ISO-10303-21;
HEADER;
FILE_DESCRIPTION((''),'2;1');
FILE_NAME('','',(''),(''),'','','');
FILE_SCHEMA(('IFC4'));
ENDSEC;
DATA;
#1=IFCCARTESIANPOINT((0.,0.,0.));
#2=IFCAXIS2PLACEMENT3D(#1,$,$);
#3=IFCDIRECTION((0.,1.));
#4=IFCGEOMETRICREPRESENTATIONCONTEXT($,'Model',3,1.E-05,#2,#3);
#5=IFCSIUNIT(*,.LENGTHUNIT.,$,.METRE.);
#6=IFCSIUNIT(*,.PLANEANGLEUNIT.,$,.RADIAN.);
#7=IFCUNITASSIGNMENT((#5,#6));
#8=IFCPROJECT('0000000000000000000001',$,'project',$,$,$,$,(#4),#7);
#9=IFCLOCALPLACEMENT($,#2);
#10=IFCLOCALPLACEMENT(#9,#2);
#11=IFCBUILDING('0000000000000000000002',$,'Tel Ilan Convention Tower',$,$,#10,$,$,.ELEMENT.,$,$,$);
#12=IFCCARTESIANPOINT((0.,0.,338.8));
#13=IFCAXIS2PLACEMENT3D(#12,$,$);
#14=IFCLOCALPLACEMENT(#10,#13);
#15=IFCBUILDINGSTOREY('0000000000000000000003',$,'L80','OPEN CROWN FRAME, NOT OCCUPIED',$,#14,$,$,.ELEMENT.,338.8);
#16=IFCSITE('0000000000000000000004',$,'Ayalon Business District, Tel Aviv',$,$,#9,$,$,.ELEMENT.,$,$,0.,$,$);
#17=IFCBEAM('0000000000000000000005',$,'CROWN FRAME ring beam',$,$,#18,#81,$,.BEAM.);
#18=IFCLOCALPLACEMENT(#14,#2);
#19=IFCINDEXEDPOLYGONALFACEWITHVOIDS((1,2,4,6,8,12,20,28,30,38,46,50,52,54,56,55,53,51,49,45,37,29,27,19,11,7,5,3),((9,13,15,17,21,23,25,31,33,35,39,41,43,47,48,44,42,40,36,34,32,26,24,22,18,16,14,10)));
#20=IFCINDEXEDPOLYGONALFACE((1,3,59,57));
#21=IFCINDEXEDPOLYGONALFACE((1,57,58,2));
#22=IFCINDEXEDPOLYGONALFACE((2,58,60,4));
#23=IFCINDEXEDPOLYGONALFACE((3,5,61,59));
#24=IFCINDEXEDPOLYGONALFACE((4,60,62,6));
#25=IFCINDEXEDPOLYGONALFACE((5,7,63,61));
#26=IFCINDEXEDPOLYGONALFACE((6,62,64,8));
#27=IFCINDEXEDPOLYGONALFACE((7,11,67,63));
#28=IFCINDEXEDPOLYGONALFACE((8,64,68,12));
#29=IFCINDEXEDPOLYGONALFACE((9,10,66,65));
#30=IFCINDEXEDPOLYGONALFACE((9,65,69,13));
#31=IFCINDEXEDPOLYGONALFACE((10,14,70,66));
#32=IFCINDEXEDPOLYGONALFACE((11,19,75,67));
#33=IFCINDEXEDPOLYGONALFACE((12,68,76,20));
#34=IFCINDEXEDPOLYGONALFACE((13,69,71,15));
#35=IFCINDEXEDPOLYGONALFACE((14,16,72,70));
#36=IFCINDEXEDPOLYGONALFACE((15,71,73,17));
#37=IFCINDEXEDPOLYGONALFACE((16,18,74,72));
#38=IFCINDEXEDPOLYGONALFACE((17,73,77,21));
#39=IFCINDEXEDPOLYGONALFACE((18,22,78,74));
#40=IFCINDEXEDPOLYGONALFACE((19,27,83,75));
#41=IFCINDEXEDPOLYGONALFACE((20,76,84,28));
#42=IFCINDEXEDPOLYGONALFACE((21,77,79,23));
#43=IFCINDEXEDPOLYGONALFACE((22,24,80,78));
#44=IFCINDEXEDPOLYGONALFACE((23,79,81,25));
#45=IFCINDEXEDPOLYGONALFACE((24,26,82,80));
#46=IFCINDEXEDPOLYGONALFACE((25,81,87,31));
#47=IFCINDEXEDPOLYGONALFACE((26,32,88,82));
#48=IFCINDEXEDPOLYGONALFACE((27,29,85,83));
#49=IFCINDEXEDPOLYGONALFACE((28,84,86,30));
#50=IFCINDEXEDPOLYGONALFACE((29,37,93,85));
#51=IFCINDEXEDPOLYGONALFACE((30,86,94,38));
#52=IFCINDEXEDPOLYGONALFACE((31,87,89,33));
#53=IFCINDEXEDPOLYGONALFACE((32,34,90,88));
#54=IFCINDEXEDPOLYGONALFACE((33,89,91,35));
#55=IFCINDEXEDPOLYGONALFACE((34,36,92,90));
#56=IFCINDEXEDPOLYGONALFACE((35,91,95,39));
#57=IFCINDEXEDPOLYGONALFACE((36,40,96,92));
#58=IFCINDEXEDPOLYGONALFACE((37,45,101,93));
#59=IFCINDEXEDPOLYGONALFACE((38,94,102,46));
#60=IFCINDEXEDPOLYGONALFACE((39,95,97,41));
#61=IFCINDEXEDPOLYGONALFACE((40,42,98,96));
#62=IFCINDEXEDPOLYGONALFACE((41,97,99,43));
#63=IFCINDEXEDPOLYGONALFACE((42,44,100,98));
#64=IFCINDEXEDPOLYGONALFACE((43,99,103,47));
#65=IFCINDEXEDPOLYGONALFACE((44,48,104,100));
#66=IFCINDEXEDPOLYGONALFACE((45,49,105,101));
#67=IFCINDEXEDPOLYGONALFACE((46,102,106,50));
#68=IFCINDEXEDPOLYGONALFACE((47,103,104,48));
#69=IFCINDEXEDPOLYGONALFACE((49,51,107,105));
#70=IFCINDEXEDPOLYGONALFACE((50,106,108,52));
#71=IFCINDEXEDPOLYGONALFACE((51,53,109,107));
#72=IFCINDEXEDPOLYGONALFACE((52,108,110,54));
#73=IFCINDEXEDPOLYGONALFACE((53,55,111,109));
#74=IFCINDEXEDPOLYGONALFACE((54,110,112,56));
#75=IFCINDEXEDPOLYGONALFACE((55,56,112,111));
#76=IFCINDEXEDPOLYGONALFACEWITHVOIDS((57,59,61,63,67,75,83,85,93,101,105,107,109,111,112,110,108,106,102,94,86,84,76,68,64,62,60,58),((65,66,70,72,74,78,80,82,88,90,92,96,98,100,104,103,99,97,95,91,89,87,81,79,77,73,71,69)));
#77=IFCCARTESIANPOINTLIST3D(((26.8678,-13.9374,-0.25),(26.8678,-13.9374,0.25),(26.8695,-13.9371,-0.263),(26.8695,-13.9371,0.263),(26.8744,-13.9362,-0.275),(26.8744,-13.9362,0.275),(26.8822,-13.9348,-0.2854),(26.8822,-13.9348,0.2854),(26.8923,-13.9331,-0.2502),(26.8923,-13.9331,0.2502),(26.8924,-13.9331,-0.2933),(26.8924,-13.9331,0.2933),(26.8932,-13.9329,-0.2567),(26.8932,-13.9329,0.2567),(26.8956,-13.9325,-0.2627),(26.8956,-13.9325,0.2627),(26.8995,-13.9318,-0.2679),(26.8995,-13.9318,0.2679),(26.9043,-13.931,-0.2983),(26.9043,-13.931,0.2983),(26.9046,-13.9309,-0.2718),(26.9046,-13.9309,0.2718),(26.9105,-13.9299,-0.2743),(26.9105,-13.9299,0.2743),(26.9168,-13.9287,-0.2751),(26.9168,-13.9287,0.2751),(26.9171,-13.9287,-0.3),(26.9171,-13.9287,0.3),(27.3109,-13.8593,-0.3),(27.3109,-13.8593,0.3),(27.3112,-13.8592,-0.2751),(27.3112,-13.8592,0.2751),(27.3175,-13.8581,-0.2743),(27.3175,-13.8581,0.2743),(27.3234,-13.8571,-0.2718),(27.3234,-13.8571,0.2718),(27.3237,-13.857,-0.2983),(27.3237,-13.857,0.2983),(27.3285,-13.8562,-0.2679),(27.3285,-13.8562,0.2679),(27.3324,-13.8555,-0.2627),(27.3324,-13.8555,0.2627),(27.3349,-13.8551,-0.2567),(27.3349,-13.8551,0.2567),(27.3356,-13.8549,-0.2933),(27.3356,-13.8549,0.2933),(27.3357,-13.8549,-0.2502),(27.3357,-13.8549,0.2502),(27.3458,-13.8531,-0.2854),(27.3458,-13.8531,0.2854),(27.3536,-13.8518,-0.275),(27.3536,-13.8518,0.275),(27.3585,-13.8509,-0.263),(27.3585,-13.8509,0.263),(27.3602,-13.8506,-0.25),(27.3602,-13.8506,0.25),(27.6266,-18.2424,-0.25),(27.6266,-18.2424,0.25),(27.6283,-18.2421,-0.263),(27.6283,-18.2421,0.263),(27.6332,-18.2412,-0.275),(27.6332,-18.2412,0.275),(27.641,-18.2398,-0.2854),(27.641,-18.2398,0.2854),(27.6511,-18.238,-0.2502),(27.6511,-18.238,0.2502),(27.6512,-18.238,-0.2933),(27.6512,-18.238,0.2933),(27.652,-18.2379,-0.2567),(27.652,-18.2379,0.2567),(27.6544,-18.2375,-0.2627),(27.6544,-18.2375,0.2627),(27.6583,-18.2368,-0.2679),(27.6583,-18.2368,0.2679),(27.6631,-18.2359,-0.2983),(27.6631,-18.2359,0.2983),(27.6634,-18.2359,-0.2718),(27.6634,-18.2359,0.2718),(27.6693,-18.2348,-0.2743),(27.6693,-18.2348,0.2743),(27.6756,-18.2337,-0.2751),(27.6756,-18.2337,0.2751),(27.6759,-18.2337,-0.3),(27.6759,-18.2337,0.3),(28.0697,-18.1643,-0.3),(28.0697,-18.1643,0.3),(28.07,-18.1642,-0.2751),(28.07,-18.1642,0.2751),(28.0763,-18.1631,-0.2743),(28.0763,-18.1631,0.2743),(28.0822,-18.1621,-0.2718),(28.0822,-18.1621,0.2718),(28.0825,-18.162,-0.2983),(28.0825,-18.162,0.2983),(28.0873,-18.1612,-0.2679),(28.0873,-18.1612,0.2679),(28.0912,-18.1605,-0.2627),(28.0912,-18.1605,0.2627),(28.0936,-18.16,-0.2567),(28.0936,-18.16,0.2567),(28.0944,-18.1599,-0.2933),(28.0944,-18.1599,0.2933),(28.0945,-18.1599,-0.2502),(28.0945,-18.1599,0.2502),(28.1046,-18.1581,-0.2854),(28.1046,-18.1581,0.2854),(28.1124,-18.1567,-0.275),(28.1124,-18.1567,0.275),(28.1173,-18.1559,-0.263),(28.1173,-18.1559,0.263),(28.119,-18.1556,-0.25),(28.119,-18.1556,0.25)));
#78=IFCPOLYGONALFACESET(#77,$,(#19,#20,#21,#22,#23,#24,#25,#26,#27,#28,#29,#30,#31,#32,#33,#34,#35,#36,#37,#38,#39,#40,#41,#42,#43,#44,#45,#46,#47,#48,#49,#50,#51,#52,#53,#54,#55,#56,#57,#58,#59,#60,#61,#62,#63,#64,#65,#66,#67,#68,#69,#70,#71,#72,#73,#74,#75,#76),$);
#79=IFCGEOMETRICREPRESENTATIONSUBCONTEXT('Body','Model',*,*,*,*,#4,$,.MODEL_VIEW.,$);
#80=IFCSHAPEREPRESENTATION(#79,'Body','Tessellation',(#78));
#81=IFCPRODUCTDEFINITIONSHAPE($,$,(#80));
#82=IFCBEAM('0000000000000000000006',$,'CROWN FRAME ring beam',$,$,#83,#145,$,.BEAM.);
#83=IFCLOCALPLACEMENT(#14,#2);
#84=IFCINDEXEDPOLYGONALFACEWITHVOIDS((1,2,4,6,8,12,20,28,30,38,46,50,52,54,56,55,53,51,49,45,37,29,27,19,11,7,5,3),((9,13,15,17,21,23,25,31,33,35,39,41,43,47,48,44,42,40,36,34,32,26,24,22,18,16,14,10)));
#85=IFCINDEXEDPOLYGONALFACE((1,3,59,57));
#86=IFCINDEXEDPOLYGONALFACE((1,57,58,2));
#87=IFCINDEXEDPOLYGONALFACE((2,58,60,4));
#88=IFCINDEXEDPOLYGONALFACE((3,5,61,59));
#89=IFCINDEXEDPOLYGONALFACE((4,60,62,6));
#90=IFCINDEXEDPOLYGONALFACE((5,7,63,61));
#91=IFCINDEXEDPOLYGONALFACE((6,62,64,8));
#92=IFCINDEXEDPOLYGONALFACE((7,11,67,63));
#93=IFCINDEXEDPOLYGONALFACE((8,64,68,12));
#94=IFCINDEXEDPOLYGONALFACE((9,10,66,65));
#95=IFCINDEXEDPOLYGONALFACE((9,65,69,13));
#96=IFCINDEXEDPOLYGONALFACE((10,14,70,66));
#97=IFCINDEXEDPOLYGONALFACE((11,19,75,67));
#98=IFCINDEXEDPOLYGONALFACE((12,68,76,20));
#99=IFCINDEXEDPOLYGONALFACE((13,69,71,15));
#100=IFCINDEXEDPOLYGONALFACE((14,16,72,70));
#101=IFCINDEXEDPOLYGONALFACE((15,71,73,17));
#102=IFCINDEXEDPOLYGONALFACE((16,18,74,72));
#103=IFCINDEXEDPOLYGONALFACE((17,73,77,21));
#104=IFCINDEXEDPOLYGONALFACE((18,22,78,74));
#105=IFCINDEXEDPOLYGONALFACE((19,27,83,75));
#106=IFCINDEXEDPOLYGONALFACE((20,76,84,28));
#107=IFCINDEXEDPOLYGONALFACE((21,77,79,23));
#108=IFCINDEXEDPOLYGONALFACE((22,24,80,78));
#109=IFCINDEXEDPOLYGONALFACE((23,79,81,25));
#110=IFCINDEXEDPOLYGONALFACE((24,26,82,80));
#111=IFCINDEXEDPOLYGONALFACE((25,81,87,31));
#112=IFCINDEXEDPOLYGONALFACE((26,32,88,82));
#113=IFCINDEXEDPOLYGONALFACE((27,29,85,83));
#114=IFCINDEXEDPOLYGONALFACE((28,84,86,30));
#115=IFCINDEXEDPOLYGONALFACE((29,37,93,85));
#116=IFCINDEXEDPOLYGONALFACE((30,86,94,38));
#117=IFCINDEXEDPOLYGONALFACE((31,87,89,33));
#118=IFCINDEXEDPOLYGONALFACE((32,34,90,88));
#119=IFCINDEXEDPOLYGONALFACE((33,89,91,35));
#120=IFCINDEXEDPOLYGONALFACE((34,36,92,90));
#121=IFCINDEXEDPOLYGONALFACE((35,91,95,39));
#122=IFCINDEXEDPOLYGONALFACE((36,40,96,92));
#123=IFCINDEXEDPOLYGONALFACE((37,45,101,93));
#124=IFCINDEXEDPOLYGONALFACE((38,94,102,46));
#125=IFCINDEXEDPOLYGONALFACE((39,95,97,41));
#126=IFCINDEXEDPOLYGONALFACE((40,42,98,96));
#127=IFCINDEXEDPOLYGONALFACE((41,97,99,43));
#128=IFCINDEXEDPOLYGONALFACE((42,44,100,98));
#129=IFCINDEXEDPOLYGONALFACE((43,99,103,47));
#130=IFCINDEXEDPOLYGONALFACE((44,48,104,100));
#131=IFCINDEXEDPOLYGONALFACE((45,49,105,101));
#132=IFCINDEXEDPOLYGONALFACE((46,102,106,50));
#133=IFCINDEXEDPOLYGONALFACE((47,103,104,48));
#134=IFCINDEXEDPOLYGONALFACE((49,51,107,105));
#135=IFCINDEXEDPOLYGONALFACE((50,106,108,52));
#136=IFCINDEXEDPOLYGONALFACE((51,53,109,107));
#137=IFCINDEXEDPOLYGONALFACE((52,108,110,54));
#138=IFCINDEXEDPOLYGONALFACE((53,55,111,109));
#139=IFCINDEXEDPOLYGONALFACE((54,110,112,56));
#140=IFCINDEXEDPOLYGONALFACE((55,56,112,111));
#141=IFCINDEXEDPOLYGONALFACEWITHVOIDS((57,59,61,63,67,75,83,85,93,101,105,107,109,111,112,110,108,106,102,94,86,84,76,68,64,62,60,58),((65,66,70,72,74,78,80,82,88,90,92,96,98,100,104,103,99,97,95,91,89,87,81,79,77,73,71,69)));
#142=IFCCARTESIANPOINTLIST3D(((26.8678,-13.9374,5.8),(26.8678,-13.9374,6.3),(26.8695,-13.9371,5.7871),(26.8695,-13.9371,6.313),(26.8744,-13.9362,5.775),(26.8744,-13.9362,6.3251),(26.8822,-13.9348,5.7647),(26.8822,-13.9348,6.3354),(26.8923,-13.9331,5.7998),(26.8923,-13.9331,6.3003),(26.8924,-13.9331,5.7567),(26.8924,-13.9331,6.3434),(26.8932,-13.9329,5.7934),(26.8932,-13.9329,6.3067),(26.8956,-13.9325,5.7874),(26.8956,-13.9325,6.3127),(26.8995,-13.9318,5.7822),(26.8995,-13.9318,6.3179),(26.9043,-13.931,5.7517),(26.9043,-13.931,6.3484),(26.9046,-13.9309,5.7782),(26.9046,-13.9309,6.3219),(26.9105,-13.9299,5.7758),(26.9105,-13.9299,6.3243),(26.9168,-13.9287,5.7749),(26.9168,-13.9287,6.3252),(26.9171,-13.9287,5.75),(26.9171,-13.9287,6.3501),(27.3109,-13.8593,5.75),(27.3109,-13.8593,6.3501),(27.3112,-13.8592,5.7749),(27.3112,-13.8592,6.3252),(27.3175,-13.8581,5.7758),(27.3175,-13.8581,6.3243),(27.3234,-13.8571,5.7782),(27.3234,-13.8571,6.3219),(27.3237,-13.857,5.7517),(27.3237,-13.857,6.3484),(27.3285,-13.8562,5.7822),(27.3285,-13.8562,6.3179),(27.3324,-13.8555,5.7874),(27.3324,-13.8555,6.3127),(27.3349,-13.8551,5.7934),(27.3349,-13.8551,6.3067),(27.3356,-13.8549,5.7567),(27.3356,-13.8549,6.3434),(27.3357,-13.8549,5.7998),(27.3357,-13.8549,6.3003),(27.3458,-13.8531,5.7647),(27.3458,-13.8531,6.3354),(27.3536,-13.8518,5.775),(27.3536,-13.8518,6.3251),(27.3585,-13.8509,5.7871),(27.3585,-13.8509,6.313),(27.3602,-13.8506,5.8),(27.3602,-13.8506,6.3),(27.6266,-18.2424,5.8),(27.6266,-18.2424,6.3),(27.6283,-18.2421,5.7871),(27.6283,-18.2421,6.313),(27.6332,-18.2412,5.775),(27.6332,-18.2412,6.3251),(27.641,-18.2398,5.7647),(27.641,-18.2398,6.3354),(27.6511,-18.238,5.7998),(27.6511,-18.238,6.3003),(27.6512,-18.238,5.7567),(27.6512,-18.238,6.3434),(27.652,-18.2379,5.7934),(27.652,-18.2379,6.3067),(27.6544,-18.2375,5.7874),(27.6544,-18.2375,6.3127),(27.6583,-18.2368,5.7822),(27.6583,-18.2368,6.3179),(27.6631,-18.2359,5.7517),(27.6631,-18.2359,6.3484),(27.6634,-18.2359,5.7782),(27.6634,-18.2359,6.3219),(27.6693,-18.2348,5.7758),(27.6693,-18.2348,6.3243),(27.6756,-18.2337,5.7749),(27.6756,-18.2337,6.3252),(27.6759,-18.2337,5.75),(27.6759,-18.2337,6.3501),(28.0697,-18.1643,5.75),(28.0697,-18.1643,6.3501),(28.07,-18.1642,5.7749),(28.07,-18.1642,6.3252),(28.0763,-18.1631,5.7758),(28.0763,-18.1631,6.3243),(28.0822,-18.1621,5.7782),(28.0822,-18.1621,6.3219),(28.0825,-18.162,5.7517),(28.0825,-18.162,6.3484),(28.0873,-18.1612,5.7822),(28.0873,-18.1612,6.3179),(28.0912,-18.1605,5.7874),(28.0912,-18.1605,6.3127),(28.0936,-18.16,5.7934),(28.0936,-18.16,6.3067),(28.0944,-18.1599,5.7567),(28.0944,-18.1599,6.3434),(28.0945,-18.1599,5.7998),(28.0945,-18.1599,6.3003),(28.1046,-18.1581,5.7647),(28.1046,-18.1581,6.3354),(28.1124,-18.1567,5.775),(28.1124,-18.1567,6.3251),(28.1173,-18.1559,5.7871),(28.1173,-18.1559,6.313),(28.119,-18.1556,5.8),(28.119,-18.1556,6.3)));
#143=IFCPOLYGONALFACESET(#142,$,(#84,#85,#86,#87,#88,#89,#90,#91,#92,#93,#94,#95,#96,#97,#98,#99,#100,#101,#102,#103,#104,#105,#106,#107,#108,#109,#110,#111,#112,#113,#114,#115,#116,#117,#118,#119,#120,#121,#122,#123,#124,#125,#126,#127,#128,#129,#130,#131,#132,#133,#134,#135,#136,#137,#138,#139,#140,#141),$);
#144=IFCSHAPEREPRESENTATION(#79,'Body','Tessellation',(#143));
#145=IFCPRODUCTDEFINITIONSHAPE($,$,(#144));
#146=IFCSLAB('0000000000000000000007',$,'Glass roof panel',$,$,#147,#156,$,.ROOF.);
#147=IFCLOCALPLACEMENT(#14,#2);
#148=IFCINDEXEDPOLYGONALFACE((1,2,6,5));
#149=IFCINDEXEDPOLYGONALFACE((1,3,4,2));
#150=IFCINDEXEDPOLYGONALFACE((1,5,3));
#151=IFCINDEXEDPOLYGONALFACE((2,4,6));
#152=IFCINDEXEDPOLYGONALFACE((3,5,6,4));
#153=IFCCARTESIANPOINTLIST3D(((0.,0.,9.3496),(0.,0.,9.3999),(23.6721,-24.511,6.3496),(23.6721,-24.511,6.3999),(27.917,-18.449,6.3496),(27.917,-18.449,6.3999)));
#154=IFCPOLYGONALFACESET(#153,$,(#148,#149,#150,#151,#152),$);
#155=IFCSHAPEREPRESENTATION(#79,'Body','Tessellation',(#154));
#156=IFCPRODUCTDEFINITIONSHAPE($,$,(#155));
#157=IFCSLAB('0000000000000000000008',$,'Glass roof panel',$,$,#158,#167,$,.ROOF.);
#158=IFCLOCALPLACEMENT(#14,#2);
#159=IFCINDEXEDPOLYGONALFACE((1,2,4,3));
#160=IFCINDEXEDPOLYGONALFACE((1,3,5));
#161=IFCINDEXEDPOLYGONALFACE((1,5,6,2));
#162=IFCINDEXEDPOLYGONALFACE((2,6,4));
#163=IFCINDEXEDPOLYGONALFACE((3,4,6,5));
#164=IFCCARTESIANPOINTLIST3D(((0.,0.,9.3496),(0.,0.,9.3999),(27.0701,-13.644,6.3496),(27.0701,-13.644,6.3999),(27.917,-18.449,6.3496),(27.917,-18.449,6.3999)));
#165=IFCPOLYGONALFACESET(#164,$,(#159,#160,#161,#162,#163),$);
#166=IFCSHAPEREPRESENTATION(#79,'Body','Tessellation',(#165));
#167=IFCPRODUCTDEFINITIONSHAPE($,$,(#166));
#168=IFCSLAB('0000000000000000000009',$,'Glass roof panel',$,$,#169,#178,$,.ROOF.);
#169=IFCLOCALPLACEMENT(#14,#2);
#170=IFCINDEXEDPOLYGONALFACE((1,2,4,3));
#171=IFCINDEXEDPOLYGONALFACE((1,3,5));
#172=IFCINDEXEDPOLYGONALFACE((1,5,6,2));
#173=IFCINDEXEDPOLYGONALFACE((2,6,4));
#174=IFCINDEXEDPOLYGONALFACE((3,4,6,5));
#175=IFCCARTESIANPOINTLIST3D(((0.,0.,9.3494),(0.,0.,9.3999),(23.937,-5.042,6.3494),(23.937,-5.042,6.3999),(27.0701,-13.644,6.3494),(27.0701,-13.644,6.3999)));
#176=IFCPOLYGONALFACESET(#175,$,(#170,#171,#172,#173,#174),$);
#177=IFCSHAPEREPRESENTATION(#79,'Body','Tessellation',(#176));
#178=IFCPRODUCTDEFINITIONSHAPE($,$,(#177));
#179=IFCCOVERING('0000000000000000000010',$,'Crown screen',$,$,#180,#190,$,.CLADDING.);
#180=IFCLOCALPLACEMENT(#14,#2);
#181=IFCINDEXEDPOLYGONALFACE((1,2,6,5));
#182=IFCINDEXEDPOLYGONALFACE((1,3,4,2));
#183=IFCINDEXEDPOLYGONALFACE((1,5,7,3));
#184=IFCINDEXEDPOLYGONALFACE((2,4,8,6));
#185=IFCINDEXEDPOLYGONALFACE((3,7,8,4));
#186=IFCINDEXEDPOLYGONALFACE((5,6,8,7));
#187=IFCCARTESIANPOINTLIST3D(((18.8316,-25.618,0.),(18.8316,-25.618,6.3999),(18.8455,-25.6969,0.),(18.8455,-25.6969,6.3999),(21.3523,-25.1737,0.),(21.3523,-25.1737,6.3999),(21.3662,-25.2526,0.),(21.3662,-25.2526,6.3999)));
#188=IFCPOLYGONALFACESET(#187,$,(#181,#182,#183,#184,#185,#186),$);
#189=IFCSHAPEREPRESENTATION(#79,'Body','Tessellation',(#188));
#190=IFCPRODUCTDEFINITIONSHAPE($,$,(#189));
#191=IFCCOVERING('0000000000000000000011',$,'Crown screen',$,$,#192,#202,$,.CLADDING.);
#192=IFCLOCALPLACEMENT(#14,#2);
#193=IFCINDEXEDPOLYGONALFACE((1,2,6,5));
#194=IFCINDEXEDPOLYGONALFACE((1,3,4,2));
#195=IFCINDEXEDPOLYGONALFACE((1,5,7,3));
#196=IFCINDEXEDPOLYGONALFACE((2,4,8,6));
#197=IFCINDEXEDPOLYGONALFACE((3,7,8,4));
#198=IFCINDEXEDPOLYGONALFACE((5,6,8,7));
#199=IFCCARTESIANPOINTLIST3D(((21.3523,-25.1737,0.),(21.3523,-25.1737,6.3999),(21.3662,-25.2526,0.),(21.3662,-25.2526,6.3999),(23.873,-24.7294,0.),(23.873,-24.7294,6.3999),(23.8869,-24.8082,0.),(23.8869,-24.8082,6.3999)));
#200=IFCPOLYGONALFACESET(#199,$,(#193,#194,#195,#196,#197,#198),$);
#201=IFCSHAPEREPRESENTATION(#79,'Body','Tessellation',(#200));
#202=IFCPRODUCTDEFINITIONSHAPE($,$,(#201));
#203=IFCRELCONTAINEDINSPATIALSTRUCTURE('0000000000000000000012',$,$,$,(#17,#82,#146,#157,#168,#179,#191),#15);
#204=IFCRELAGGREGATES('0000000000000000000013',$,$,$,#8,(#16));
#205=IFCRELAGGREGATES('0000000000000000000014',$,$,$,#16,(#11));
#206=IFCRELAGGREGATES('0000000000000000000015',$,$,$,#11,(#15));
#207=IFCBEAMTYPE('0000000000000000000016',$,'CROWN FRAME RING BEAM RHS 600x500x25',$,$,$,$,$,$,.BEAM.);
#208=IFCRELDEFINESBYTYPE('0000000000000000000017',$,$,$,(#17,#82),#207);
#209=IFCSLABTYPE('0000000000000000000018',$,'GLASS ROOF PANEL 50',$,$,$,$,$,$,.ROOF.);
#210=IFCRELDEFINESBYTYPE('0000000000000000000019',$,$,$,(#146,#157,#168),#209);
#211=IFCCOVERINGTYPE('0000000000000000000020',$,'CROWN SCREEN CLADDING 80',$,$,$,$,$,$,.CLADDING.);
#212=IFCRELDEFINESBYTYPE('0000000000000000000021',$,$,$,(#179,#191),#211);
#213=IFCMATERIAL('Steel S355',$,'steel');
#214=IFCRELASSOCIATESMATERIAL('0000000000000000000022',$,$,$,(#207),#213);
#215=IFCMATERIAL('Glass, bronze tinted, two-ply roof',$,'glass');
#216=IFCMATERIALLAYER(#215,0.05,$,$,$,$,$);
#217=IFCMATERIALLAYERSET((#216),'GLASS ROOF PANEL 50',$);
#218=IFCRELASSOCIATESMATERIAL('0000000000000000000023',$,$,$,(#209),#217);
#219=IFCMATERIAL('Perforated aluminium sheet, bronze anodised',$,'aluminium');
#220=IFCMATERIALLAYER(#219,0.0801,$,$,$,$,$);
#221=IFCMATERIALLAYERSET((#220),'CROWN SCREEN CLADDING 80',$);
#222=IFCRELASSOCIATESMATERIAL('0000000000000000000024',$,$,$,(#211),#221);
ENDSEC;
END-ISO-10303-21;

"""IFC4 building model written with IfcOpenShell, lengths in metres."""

from ifc_helpers import new_model, si_unit, direction, frame, origin, origin_2d, place, context, subcontext, project, spatial, polyline, rectangle, hollow_rectangle, outline, extrude, material, layer, layer_set, material_profile, profile_set, type_object, element, save


model = new_model("IFC4")

# Units and contexts
model_context = context("Model", 3, precision=1e-05, world=origin(), true_north=direction((0.0, 1.0)))
body_context = subcontext(model_context, "Body", "Model", "MODEL_VIEW")
ifc_project = project(units=[si_unit("LENGTHUNIT", "METRE"), si_unit("PLANEANGLEUNIT", "RADIAN")], contexts=[model_context])

# Site, building, storey
site_placement = place(None, origin())
site = spatial("IfcSite", under=ifc_project, at=site_placement, Name="Ayalon Business District, Tel Aviv", CompositionType="ELEMENT", RefElevation=0.0)
building_placement = place(site_placement, origin())
building = spatial("IfcBuilding", under=site, at=building_placement, Name="Tel Ilan Convention Tower", CompositionType="ELEMENT")
storey_placement = place(building_placement, frame((0.0, 0.0, 338.8)))
storey = spatial("IfcBuildingStorey", under=building, at=storey_placement, Name="L80", Description="OPEN CROWN FRAME, NOT OCCUPIED", CompositionType="ELEMENT", Elevation=338.8)

# Beams
ifc_material_1 = material(Name="Steel S355", Category="steel")
ifc_material_profile_1 = material_profile(ifc_material_1, hollow_rectangle(XDim=0.5, YDim=0.6001, WallThickness=0.0249, InnerFilletRadius=0.0249, OuterFilletRadius=0.05, at=origin_2d()), Name="RHS 600x500x25")
ifc_profile_set_1 = profile_set([ifc_material_profile_1], Name="Steel S355")
beam_type = type_object("IfcBeamType", Name="CROWN FRAME RING BEAM RHS 600x500x25", PredefinedType="BEAM", material=ifc_profile_set_1)
for number, where, z_axis, x_axis, name in (
    (1, (27.8728, -18.199, 0.0), (-0.173585, 0.984819, 0.0), (-0.984819, -0.173585, 0.0), "CROWN FRAME ring beam"),
    (2, (27.8728, -18.199, 6.05), (-0.173585, 0.984819, 0.0), (-0.984819, -0.173585, 0.0), "CROWN FRAME ring beam"),
):
    element("IfcBeam", number, at=place(storey_placement, frame(where, z_axis=z_axis, x_axis=x_axis)), inside=storey, type_object=beam_type, Name=name, PredefinedType="BEAM", context=body_context, shape_type="SweptSolid", body=[
        extrude(hollow_rectangle(XDim=0.5, YDim=0.6001, WallThickness=0.0249, InnerFilletRadius=0.0249, OuterFilletRadius=0.05, at=origin_2d()), origin(), (0.0, 0.0, 1.0), 4.3713),
    ])

# Slabs
ifc_material_2 = material(Name="Glass, bronze tinted, two-ply roof", Category="glass")
ifc_layer_1 = layer(ifc_material_2, 0.05)
ifc_layer_set_1 = layer_set([ifc_layer_1], Name="GLASS ROOF PANEL 50")
slab_type = type_object("IfcSlabType", Name="GLASS ROOF PANEL 50", PredefinedType="ROOF", material=ifc_layer_set_1)
slab_1_placement = place(storey_placement, frame((23.6721, -24.511, 6.3999), z_axis=(0.073171, -0.051238, 0.996002), x_axis=(0.573595, 0.819139, 0.0)))
element("IfcSlab", 3, at=slab_1_placement, inside=storey, type_object=slab_type, Name="Glass roof panel", PredefinedType="ROOF", context=body_context, shape_type="SweptSolid", body=[
    extrude(outline(polyline([(0.0, 0.0), (7.4005, 0.0), (6.4997, 33.5844), (0.0, 0.0)])), origin(), (0.0, -0.089327, -0.996002), 0.0503),
])
slab_2_placement = place(storey_placement, frame((27.917, -18.449, 6.3999), z_axis=(0.120712, 0.021277, 0.99246), x_axis=(-0.173586, 0.984819, 0.0)))
element("IfcSlab", 4, at=slab_2_placement, inside=storey, type_object=slab_type, Name="Glass roof panel", PredefinedType="ROOF", context=body_context, shape_type="SweptSolid", body=[
    extrude(outline(polyline([(0.0, 0.0), (4.879, 0.0), (23.0149, 24.4753), (0.0, 0.0)])), origin(), (0.0, -0.122573, -0.99246), 0.0503),
])
slab_3_placement = place(storey_placement, frame((27.0701, -13.644, 6.3999), z_axis=(0.134348, 0.048933, 0.989725), x_axis=(-0.342229, 0.939617, 0.0)))
element("IfcSlab", 5, at=slab_3_placement, inside=storey, type_object=slab_type, Name="Glass roof panel", PredefinedType="ROOF", context=body_context, shape_type="SweptSolid", body=[
    extrude(outline(polyline([(0.0, 0.0), (9.1549, 0.0), (22.0843, 20.9817), (0.0, 0.0)])), origin(), (0.0, -0.142982, -0.989725), 0.0505),
])

# Coverings
ifc_material_3 = material(Name="Perforated aluminium sheet, bronze anodised", Category="aluminium")
ifc_layer_2 = layer(ifc_material_3, 0.0801)
ifc_layer_set_2 = layer_set([ifc_layer_2], Name="CROWN SCREEN CLADDING 80")
covering_type = type_object("IfcCoveringType", Name="CROWN SCREEN CLADDING 80", PredefinedType="CLADDING", material=ifc_layer_set_2)
for number, where, z_axis, x_axis, name in (
    (6, (20.0989, -25.4353, 0.0), (0.0, 0.0, 1.0), (0.984817, 0.173598, 0.0), "Crown screen"),
    (7, (22.6196, -24.991, 0.0), (0.0, 0.0, 1.0), (0.984817, 0.173598, 0.0), "Crown screen"),
):
    element("IfcCovering", number, at=place(storey_placement, frame(where, z_axis=z_axis, x_axis=x_axis)), inside=storey, type_object=covering_type, Name=name, PredefinedType="CLADDING", context=body_context, shape_type="SweptSolid", body=[
        extrude(rectangle(XDim=2.5596, YDim=0.0801, at=origin_2d()), origin(), (0.0, 0.0, 1.0), 6.3999),
    ])

save(model, "model.ifc")
